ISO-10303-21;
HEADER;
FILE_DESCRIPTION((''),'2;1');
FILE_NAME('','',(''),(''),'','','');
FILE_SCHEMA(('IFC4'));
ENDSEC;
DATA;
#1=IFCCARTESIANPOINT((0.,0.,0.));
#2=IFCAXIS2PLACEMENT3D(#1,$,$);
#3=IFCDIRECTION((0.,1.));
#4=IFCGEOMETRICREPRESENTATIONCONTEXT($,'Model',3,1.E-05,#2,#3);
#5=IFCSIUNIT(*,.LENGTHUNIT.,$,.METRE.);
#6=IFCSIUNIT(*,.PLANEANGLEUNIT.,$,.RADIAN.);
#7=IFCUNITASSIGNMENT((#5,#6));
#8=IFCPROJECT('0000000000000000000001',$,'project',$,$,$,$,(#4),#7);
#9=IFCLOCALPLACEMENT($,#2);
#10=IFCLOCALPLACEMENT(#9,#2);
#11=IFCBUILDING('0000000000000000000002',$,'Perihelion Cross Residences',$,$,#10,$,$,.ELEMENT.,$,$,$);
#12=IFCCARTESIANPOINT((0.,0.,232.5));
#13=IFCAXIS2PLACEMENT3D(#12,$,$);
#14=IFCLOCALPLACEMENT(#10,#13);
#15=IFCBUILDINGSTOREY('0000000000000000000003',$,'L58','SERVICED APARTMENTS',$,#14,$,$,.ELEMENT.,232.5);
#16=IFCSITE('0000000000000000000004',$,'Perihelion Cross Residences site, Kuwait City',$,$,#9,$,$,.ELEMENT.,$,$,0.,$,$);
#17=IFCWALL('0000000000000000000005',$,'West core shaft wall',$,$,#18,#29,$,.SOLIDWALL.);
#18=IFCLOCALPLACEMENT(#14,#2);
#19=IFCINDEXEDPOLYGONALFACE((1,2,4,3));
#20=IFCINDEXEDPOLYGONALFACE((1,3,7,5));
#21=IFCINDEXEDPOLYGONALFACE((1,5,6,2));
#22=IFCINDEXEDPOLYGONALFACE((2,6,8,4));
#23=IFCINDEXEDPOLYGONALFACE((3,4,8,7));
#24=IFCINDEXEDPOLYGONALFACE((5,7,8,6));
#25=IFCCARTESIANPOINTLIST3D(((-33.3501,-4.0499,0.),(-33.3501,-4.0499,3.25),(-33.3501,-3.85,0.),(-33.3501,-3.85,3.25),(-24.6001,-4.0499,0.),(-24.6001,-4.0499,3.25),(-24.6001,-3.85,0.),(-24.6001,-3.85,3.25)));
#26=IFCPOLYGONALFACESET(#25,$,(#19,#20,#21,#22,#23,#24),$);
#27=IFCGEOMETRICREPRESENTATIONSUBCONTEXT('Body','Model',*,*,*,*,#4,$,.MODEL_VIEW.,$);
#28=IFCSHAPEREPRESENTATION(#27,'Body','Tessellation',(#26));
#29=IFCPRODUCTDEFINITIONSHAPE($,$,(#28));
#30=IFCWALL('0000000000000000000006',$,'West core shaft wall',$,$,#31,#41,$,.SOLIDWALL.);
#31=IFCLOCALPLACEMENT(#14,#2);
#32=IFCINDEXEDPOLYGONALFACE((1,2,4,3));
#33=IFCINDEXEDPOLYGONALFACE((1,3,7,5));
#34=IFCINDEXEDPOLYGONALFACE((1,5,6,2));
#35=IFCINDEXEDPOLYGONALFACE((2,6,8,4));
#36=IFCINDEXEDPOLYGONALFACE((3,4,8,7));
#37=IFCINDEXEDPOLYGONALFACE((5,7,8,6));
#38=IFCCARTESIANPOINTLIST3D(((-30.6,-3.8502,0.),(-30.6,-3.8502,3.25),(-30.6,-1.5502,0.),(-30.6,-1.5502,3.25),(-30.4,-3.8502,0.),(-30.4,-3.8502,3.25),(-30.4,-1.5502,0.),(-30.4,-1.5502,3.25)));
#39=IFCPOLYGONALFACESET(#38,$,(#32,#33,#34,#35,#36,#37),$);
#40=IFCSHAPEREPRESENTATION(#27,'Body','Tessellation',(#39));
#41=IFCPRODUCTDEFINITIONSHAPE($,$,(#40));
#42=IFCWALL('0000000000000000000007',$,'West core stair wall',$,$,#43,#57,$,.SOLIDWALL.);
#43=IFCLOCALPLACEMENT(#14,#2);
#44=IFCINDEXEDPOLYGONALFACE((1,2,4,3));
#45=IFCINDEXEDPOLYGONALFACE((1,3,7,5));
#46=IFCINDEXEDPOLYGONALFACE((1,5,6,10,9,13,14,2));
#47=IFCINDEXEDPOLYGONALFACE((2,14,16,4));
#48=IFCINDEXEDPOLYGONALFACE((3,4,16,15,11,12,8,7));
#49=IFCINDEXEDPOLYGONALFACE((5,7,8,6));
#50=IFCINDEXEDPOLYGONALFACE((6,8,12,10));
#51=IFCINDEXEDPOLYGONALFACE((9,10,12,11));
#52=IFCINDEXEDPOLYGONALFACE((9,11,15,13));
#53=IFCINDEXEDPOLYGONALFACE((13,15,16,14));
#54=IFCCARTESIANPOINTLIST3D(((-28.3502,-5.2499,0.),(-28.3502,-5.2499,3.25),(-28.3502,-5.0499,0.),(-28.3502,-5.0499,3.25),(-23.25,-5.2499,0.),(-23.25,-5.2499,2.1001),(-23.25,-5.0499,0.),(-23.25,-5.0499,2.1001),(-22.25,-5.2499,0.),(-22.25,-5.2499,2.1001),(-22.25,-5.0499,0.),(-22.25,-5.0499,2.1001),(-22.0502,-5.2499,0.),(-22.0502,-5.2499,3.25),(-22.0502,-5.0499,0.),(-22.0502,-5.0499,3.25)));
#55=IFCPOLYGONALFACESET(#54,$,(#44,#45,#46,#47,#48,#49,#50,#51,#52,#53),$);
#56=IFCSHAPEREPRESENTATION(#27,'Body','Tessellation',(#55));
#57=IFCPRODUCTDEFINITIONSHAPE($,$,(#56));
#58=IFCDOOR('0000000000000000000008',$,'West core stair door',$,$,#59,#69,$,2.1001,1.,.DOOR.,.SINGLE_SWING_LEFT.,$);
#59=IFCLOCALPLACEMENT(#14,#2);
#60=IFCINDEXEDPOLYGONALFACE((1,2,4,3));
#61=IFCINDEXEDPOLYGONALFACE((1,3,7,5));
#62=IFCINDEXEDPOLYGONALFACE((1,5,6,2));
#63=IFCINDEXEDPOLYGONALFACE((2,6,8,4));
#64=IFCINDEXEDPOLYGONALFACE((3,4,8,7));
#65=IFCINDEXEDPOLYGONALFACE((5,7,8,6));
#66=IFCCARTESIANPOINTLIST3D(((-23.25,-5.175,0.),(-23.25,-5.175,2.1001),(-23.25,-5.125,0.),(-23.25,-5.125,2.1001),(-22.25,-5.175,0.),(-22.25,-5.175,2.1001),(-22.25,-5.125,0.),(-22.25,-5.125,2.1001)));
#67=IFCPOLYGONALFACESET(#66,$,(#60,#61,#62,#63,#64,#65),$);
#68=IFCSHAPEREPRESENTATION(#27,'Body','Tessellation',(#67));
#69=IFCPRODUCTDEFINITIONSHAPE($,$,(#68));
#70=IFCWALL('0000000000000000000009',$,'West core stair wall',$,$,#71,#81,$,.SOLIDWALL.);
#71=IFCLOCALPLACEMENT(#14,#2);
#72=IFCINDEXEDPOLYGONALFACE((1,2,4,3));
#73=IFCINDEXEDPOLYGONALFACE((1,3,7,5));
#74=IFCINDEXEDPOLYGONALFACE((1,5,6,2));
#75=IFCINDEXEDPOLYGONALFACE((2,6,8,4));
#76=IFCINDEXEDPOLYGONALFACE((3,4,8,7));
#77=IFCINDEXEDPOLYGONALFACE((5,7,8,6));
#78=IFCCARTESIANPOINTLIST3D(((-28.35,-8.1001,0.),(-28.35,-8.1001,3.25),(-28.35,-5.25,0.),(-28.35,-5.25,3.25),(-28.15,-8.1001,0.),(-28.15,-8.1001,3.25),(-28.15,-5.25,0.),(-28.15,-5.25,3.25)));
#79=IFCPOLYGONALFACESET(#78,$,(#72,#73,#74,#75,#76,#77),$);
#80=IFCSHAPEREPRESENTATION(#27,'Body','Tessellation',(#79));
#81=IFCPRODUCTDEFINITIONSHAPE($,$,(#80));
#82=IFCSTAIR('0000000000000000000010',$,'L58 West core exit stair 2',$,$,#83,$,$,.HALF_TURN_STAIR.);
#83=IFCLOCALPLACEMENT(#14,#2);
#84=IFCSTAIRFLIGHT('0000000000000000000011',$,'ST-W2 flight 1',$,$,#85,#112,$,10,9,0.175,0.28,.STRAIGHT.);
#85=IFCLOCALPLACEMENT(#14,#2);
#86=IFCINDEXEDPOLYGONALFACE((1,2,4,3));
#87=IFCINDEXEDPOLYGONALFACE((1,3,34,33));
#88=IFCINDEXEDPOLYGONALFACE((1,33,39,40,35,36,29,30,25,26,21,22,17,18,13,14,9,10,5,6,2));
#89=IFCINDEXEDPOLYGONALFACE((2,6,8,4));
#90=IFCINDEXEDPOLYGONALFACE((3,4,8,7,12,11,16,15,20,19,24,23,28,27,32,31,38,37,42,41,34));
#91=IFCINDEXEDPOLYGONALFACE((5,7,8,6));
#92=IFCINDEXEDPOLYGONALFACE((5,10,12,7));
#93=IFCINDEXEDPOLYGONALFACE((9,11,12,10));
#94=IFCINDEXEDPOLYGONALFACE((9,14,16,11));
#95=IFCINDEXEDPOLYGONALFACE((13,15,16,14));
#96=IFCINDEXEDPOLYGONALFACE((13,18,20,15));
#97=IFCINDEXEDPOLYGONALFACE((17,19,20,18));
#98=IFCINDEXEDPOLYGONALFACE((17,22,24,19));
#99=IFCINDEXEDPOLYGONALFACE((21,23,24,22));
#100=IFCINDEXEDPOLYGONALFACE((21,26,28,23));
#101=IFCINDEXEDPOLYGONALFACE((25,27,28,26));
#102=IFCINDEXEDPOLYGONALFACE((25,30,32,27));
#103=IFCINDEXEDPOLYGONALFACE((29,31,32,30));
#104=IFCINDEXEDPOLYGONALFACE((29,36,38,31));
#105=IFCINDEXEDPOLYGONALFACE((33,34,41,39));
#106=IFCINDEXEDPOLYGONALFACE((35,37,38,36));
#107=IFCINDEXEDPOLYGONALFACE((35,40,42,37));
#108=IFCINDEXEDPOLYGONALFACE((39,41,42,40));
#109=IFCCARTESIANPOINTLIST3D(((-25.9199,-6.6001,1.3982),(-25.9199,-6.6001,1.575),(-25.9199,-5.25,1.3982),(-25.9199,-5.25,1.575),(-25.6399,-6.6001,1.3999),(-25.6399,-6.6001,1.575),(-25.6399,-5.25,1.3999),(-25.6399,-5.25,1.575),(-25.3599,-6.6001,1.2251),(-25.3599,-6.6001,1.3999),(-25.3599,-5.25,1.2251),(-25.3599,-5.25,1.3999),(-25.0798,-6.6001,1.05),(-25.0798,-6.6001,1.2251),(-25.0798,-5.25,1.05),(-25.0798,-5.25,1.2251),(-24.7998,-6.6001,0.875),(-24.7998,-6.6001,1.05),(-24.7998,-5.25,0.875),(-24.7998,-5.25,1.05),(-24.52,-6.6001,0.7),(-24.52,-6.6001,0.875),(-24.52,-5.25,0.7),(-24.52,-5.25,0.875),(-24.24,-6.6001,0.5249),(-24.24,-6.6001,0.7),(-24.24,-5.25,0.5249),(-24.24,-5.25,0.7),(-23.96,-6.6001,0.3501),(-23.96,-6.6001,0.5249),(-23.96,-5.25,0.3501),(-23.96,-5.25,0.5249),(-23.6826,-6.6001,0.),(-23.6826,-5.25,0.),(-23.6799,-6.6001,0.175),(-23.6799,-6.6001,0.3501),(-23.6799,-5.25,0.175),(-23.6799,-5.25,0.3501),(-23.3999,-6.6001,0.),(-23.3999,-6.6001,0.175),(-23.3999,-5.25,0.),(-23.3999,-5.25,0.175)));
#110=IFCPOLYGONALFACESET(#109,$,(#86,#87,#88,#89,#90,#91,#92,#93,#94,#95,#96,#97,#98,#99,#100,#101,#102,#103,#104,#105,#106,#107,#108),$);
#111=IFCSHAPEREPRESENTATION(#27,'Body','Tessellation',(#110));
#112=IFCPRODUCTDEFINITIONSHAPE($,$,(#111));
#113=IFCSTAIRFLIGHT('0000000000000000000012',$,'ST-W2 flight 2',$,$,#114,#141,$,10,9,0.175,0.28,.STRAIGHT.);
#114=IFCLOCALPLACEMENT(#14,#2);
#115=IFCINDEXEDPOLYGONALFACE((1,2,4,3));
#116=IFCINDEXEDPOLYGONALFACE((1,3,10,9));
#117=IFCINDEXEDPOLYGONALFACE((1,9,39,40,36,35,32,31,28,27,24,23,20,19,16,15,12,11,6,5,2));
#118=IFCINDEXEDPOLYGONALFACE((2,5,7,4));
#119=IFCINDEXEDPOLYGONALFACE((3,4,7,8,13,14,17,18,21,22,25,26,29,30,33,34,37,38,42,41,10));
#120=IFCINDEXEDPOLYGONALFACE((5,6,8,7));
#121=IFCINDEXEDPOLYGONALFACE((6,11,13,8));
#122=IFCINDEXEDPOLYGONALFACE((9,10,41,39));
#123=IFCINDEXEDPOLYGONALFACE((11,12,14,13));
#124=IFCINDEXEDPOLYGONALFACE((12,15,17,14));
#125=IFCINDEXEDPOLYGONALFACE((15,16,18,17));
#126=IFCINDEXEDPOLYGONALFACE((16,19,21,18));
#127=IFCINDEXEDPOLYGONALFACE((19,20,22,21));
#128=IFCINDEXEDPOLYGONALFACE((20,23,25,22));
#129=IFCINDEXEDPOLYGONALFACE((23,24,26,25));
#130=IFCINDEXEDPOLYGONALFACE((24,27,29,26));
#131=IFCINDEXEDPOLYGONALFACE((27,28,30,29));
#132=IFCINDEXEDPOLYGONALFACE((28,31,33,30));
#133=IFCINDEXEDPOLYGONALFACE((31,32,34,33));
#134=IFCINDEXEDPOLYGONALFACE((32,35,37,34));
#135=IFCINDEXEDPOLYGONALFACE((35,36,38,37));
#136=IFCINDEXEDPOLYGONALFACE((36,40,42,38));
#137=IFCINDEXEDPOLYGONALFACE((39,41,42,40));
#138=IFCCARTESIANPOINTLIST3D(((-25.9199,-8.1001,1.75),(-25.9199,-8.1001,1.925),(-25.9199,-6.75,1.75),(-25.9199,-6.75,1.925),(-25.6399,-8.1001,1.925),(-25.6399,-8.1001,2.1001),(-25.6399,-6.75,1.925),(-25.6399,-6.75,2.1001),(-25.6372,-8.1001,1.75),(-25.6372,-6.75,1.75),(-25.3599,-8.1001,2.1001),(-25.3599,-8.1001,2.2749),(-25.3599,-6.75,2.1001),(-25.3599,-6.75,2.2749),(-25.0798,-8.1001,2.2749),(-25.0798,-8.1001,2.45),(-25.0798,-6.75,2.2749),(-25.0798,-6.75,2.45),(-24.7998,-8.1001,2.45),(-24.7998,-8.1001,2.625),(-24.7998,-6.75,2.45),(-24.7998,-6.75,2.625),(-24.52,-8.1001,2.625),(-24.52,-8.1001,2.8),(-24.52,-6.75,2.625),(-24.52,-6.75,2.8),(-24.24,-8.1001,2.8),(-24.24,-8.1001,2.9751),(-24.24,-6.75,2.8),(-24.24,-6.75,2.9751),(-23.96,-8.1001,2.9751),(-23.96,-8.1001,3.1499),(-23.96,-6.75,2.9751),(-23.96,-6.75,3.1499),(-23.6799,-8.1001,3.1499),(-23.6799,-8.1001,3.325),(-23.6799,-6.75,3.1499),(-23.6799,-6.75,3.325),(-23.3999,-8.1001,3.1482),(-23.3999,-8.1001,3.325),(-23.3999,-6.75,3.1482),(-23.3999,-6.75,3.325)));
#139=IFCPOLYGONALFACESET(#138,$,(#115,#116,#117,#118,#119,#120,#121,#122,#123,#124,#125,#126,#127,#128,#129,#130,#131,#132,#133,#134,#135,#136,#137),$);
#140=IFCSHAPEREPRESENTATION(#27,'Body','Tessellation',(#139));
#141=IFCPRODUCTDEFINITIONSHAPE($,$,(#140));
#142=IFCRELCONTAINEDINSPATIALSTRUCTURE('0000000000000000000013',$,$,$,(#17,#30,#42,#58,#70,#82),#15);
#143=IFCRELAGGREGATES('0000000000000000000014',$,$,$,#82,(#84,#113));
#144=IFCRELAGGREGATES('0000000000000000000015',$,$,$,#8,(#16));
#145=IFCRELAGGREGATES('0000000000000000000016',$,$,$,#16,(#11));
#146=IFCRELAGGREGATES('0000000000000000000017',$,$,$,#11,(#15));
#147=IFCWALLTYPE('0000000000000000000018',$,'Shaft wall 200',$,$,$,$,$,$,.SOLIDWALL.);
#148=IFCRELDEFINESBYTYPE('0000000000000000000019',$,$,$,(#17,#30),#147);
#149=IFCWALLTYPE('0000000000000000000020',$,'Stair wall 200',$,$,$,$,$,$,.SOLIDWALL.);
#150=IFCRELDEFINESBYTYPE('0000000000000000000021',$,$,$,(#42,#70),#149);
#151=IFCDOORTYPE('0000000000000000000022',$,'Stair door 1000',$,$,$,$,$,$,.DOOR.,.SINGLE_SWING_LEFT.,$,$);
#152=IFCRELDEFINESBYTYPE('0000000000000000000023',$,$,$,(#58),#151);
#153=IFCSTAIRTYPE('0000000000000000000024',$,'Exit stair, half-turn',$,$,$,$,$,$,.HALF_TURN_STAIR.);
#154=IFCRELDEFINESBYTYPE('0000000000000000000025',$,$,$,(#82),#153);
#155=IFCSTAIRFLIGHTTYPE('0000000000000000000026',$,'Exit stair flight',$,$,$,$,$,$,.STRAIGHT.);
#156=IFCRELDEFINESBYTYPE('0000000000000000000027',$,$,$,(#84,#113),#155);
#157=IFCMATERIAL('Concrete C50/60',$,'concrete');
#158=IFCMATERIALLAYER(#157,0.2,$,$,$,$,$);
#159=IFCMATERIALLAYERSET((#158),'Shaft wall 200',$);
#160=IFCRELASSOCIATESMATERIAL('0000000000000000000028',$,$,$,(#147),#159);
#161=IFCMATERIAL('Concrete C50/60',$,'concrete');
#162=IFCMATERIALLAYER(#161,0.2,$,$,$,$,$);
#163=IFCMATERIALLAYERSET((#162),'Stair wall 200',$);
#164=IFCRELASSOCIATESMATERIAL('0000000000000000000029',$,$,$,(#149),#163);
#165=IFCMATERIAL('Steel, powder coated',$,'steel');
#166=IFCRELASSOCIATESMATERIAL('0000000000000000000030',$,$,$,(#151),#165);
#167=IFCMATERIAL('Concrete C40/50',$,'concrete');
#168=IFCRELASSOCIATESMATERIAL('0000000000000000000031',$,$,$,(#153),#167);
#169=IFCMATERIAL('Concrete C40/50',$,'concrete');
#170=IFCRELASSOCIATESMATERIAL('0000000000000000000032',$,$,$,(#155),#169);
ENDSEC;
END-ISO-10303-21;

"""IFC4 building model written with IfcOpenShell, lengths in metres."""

from ifc_helpers import new_model, si_unit, direction, frame, frame_2d, origin, place, context, subcontext, project, spatial, polyline, rectangle, outline, extrude, material, layer, layer_set, type_object, element, fill, aggregate, save


model = new_model("IFC4")

# Units and contexts
model_context = context("Model", 3, precision=1e-05, world=origin(), true_north=direction((0.0, 1.0)))
body_context = subcontext(model_context, "Body", "Model", "MODEL_VIEW")
ifc_project = project(units=[si_unit("LENGTHUNIT", "METRE"), si_unit("PLANEANGLEUNIT", "RADIAN")], contexts=[model_context])

# Site, building, storey
site_placement = place(None, origin())
site = spatial("IfcSite", under=ifc_project, at=site_placement, Name="Perihelion Cross Residences site, Kuwait City", CompositionType="ELEMENT", RefElevation=0.0)
building_placement = place(site_placement, origin())
building = spatial("IfcBuilding", under=site, at=building_placement, Name="Perihelion Cross Residences", CompositionType="ELEMENT")
storey_placement = place(building_placement, frame((0.0, 0.0, 232.5)))
storey = spatial("IfcBuildingStorey", under=building, at=storey_placement, Name="L58", Description="SERVICED APARTMENTS", CompositionType="ELEMENT", Elevation=232.5)

# Walls
ifc_material_1 = material(Name="Concrete C50/60", Category="concrete")
ifc_layer_1 = layer(ifc_material_1, 0.2)
ifc_layer_set_1 = layer_set([ifc_layer_1], Name="Shaft wall 200")
wall_type_1 = type_object("IfcWallType", Name="Shaft wall 200", PredefinedType="SOLIDWALL", material=ifc_layer_set_1)
wall_1_placement = place(storey_placement, frame((-33.3501, -3.95, 0.0), z_axis=(0.0, 0.0, 1.0), x_axis=(1.0, 0.0, 0.0)))
element("IfcWall", 1, at=wall_1_placement, inside=storey, type_object=wall_type_1, Name="West core shaft wall", PredefinedType="SOLIDWALL", context=body_context, shape_type="SweptSolid", body=[
    extrude(rectangle(XDim=8.75, YDim=0.2, at=frame_2d((4.375, 0.0))), origin(), (0.0, 0.0, 1.0), 3.25),
])
wall_2_placement = place(storey_placement, frame((-30.5, -3.8501, 0.0), z_axis=(0.0, 0.0, 1.0), x_axis=(0.0, 1.0, 0.0)))
element("IfcWall", 2, at=wall_2_placement, inside=storey, type_object=wall_type_1, Name="West core shaft wall", PredefinedType="SOLIDWALL", context=body_context, shape_type="SweptSolid", body=[
    extrude(rectangle(XDim=2.3, YDim=0.2, at=frame_2d((1.1499, 0.0))), origin(), (0.0, 0.0, 1.0), 3.25),
])

# Wall, opening, door
ifc_material_2 = material(Name="Concrete C50/60", Category="concrete")
ifc_layer_2 = layer(ifc_material_2, 0.2)
ifc_layer_set_2 = layer_set([ifc_layer_2], Name="Stair wall 200")
wall_type_2 = type_object("IfcWallType", Name="Stair wall 200", PredefinedType="SOLIDWALL", material=ifc_layer_set_2)
wall_3_placement = place(storey_placement, frame((-28.3501, -5.1499, 0.0), z_axis=(0.0, 0.0, 1.0), x_axis=(1.0, 0.0, 0.0)))
wall_3 = element("IfcWall", 3, at=wall_3_placement, inside=storey, type_object=wall_type_2, Name="West core stair wall", PredefinedType="SOLIDWALL", context=body_context, shape_type="SweptSolid", body=[
    extrude(rectangle(XDim=6.3, YDim=0.2, at=frame_2d((3.1499, 0.0))), origin(), (0.0, 0.0, 1.0), 3.25),
])
opening_1_placement = place(wall_3_placement, frame((5.1001, 0.0, 0.0)))
opening_1 = element("IfcOpeningElement", 4, at=opening_1_placement, cuts=wall_3, PredefinedType="OPENING", context=body_context, shape_type="SweptSolid", body=[
    extrude(rectangle(XDim=1.0, YDim=2.1001, at=frame_2d((0.5, 1.05))), frame((0.0, 0.1099, 0.0), z_axis=(0.0, -1.0, 0.0), x_axis=(1.0, 0.0, 0.0)), (0.0, 0.0, 1.0), 0.22),
])
ifc_material_3 = material(Name="Steel, powder coated", Category="steel")
door_type_1 = type_object("IfcDoorType", Name="Stair door 1000", OperationType="SINGLE_SWING_LEFT", PredefinedType="DOOR", material=ifc_material_3)
door_1_placement = place(opening_1_placement, origin())
door_1 = element("IfcDoor", 5, at=door_1_placement, inside=storey, type_object=door_type_1, Name="West core stair door", OperationType="SINGLE_SWING_LEFT", OverallHeight=2.1001, OverallWidth=1.0, PredefinedType="DOOR", context=body_context, shape_type="SweptSolid", body=[
    extrude(rectangle(XDim=1.0, YDim=2.1001, at=frame_2d((0.5, 1.05))), frame((0.0, 0.0249, 0.0), z_axis=(0.0, -1.0, 0.0), x_axis=(1.0, 0.0, 0.0)), (0.0, 0.0, 1.0), 0.05),
])
fill(opening_1, door_1)

# Wall
wall_4_placement = place(storey_placement, frame((-28.25, -8.1001, 0.0), z_axis=(0.0, 0.0, 1.0), x_axis=(0.0, 1.0, 0.0)))
element("IfcWall", 6, at=wall_4_placement, inside=storey, type_object=wall_type_2, Name="West core stair wall", PredefinedType="SOLIDWALL", context=body_context, shape_type="SweptSolid", body=[
    extrude(rectangle(XDim=2.8501, YDim=0.2, at=frame_2d((1.425, 0.0))), origin(), (0.0, 0.0, 1.0), 3.25),
])

# Stair, stair flights
ifc_material_4 = material(Name="Concrete C40/50", Category="concrete")
stair_type = type_object("IfcStairType", Name="Exit stair, half-turn", PredefinedType="HALF_TURN_STAIR", material=ifc_material_4)
stair_placement = place(storey_placement, origin())
stair = element("IfcStair", 7, at=stair_placement, inside=storey, type_object=stair_type, Name="L58 West core exit stair 2", PredefinedType="HALF_TURN_STAIR")
ifc_material_5 = material(Name="Concrete C40/50", Category="concrete")
stair_flight_type = type_object("IfcStairFlightType", Name="Exit stair flight", PredefinedType="STRAIGHT", material=ifc_material_5)
stair_flight_1_placement = place(storey_placement, frame((-23.3999, -5.925, 0.0), z_axis=(0.0, 0.0, 1.0), x_axis=(-1.0, 0.0, 0.0)))
stair_flight_1 = element("IfcStairFlight", 8, at=stair_flight_1_placement, type_object=stair_flight_type, Name="ST-W2 flight 1", NumberOfRisers=10, NumberOfTreads=9, PredefinedType="STRAIGHT", RiserHeight=0.175, TreadLength=0.28, context=body_context, shape_type="SweptSolid", body=[
    extrude(outline(polyline([(0.0, 0.0), (0.0, 0.175), (0.28, 0.175), (0.28, 0.3501), (0.5601, 0.3501), (0.5601, 0.5249), (0.8401, 0.5249), (0.8401, 0.7), (1.1201, 0.7), (1.1201, 0.875), (1.3999, 0.875), (1.3999, 1.05), (1.6799, 1.05), (1.6799, 1.2251), (1.96, 1.2251), (1.96, 1.3999), (2.24, 1.3999), (2.24, 1.575), (2.52, 1.575), (2.52, 1.75), (2.52, 1.3982), (0.2827, 0.0), (0.0, 0.0)])), frame((0.0, 0.675, 0.0), z_axis=(0.0, -1.0, 0.0), x_axis=(1.0, 0.0, 0.0)), (0.0, 0.0, 1.0), 1.3501),
])
stair_flight_2_placement = place(storey_placement, frame((-25.9199, -7.425, 1.75), z_axis=(0.0, 0.0, 1.0), x_axis=(1.0, 0.0, 0.0)))
stair_flight_2 = element("IfcStairFlight", 9, at=stair_flight_2_placement, type_object=stair_flight_type, Name="ST-W2 flight 2", NumberOfRisers=10, NumberOfTreads=9, PredefinedType="STRAIGHT", RiserHeight=0.175, TreadLength=0.28, context=body_context, shape_type="SweptSolid", body=[
    extrude(outline(polyline([(0.0, 0.0), (0.0, 0.175), (0.28, 0.175), (0.28, 0.3501), (0.5601, 0.3501), (0.5601, 0.5249), (0.8401, 0.5249), (0.8401, 0.7), (1.1201, 0.7), (1.1201, 0.875), (1.3999, 0.875), (1.3999, 1.05), (1.6799, 1.05), (1.6799, 1.2251), (1.96, 1.2251), (1.96, 1.3999), (2.24, 1.3999), (2.24, 1.575), (2.52, 1.575), (2.52, 1.75), (2.52, 1.3982), (0.2827, 0.0), (0.0, 0.0)])), frame((0.0, 0.675, 0.0), z_axis=(0.0, -1.0, 0.0), x_axis=(1.0, 0.0, 0.0)), (0.0, 0.0, 1.0), 1.3501),
])
aggregate(stair, [stair_flight_1, stair_flight_2])

save(model, "model.ifc")
